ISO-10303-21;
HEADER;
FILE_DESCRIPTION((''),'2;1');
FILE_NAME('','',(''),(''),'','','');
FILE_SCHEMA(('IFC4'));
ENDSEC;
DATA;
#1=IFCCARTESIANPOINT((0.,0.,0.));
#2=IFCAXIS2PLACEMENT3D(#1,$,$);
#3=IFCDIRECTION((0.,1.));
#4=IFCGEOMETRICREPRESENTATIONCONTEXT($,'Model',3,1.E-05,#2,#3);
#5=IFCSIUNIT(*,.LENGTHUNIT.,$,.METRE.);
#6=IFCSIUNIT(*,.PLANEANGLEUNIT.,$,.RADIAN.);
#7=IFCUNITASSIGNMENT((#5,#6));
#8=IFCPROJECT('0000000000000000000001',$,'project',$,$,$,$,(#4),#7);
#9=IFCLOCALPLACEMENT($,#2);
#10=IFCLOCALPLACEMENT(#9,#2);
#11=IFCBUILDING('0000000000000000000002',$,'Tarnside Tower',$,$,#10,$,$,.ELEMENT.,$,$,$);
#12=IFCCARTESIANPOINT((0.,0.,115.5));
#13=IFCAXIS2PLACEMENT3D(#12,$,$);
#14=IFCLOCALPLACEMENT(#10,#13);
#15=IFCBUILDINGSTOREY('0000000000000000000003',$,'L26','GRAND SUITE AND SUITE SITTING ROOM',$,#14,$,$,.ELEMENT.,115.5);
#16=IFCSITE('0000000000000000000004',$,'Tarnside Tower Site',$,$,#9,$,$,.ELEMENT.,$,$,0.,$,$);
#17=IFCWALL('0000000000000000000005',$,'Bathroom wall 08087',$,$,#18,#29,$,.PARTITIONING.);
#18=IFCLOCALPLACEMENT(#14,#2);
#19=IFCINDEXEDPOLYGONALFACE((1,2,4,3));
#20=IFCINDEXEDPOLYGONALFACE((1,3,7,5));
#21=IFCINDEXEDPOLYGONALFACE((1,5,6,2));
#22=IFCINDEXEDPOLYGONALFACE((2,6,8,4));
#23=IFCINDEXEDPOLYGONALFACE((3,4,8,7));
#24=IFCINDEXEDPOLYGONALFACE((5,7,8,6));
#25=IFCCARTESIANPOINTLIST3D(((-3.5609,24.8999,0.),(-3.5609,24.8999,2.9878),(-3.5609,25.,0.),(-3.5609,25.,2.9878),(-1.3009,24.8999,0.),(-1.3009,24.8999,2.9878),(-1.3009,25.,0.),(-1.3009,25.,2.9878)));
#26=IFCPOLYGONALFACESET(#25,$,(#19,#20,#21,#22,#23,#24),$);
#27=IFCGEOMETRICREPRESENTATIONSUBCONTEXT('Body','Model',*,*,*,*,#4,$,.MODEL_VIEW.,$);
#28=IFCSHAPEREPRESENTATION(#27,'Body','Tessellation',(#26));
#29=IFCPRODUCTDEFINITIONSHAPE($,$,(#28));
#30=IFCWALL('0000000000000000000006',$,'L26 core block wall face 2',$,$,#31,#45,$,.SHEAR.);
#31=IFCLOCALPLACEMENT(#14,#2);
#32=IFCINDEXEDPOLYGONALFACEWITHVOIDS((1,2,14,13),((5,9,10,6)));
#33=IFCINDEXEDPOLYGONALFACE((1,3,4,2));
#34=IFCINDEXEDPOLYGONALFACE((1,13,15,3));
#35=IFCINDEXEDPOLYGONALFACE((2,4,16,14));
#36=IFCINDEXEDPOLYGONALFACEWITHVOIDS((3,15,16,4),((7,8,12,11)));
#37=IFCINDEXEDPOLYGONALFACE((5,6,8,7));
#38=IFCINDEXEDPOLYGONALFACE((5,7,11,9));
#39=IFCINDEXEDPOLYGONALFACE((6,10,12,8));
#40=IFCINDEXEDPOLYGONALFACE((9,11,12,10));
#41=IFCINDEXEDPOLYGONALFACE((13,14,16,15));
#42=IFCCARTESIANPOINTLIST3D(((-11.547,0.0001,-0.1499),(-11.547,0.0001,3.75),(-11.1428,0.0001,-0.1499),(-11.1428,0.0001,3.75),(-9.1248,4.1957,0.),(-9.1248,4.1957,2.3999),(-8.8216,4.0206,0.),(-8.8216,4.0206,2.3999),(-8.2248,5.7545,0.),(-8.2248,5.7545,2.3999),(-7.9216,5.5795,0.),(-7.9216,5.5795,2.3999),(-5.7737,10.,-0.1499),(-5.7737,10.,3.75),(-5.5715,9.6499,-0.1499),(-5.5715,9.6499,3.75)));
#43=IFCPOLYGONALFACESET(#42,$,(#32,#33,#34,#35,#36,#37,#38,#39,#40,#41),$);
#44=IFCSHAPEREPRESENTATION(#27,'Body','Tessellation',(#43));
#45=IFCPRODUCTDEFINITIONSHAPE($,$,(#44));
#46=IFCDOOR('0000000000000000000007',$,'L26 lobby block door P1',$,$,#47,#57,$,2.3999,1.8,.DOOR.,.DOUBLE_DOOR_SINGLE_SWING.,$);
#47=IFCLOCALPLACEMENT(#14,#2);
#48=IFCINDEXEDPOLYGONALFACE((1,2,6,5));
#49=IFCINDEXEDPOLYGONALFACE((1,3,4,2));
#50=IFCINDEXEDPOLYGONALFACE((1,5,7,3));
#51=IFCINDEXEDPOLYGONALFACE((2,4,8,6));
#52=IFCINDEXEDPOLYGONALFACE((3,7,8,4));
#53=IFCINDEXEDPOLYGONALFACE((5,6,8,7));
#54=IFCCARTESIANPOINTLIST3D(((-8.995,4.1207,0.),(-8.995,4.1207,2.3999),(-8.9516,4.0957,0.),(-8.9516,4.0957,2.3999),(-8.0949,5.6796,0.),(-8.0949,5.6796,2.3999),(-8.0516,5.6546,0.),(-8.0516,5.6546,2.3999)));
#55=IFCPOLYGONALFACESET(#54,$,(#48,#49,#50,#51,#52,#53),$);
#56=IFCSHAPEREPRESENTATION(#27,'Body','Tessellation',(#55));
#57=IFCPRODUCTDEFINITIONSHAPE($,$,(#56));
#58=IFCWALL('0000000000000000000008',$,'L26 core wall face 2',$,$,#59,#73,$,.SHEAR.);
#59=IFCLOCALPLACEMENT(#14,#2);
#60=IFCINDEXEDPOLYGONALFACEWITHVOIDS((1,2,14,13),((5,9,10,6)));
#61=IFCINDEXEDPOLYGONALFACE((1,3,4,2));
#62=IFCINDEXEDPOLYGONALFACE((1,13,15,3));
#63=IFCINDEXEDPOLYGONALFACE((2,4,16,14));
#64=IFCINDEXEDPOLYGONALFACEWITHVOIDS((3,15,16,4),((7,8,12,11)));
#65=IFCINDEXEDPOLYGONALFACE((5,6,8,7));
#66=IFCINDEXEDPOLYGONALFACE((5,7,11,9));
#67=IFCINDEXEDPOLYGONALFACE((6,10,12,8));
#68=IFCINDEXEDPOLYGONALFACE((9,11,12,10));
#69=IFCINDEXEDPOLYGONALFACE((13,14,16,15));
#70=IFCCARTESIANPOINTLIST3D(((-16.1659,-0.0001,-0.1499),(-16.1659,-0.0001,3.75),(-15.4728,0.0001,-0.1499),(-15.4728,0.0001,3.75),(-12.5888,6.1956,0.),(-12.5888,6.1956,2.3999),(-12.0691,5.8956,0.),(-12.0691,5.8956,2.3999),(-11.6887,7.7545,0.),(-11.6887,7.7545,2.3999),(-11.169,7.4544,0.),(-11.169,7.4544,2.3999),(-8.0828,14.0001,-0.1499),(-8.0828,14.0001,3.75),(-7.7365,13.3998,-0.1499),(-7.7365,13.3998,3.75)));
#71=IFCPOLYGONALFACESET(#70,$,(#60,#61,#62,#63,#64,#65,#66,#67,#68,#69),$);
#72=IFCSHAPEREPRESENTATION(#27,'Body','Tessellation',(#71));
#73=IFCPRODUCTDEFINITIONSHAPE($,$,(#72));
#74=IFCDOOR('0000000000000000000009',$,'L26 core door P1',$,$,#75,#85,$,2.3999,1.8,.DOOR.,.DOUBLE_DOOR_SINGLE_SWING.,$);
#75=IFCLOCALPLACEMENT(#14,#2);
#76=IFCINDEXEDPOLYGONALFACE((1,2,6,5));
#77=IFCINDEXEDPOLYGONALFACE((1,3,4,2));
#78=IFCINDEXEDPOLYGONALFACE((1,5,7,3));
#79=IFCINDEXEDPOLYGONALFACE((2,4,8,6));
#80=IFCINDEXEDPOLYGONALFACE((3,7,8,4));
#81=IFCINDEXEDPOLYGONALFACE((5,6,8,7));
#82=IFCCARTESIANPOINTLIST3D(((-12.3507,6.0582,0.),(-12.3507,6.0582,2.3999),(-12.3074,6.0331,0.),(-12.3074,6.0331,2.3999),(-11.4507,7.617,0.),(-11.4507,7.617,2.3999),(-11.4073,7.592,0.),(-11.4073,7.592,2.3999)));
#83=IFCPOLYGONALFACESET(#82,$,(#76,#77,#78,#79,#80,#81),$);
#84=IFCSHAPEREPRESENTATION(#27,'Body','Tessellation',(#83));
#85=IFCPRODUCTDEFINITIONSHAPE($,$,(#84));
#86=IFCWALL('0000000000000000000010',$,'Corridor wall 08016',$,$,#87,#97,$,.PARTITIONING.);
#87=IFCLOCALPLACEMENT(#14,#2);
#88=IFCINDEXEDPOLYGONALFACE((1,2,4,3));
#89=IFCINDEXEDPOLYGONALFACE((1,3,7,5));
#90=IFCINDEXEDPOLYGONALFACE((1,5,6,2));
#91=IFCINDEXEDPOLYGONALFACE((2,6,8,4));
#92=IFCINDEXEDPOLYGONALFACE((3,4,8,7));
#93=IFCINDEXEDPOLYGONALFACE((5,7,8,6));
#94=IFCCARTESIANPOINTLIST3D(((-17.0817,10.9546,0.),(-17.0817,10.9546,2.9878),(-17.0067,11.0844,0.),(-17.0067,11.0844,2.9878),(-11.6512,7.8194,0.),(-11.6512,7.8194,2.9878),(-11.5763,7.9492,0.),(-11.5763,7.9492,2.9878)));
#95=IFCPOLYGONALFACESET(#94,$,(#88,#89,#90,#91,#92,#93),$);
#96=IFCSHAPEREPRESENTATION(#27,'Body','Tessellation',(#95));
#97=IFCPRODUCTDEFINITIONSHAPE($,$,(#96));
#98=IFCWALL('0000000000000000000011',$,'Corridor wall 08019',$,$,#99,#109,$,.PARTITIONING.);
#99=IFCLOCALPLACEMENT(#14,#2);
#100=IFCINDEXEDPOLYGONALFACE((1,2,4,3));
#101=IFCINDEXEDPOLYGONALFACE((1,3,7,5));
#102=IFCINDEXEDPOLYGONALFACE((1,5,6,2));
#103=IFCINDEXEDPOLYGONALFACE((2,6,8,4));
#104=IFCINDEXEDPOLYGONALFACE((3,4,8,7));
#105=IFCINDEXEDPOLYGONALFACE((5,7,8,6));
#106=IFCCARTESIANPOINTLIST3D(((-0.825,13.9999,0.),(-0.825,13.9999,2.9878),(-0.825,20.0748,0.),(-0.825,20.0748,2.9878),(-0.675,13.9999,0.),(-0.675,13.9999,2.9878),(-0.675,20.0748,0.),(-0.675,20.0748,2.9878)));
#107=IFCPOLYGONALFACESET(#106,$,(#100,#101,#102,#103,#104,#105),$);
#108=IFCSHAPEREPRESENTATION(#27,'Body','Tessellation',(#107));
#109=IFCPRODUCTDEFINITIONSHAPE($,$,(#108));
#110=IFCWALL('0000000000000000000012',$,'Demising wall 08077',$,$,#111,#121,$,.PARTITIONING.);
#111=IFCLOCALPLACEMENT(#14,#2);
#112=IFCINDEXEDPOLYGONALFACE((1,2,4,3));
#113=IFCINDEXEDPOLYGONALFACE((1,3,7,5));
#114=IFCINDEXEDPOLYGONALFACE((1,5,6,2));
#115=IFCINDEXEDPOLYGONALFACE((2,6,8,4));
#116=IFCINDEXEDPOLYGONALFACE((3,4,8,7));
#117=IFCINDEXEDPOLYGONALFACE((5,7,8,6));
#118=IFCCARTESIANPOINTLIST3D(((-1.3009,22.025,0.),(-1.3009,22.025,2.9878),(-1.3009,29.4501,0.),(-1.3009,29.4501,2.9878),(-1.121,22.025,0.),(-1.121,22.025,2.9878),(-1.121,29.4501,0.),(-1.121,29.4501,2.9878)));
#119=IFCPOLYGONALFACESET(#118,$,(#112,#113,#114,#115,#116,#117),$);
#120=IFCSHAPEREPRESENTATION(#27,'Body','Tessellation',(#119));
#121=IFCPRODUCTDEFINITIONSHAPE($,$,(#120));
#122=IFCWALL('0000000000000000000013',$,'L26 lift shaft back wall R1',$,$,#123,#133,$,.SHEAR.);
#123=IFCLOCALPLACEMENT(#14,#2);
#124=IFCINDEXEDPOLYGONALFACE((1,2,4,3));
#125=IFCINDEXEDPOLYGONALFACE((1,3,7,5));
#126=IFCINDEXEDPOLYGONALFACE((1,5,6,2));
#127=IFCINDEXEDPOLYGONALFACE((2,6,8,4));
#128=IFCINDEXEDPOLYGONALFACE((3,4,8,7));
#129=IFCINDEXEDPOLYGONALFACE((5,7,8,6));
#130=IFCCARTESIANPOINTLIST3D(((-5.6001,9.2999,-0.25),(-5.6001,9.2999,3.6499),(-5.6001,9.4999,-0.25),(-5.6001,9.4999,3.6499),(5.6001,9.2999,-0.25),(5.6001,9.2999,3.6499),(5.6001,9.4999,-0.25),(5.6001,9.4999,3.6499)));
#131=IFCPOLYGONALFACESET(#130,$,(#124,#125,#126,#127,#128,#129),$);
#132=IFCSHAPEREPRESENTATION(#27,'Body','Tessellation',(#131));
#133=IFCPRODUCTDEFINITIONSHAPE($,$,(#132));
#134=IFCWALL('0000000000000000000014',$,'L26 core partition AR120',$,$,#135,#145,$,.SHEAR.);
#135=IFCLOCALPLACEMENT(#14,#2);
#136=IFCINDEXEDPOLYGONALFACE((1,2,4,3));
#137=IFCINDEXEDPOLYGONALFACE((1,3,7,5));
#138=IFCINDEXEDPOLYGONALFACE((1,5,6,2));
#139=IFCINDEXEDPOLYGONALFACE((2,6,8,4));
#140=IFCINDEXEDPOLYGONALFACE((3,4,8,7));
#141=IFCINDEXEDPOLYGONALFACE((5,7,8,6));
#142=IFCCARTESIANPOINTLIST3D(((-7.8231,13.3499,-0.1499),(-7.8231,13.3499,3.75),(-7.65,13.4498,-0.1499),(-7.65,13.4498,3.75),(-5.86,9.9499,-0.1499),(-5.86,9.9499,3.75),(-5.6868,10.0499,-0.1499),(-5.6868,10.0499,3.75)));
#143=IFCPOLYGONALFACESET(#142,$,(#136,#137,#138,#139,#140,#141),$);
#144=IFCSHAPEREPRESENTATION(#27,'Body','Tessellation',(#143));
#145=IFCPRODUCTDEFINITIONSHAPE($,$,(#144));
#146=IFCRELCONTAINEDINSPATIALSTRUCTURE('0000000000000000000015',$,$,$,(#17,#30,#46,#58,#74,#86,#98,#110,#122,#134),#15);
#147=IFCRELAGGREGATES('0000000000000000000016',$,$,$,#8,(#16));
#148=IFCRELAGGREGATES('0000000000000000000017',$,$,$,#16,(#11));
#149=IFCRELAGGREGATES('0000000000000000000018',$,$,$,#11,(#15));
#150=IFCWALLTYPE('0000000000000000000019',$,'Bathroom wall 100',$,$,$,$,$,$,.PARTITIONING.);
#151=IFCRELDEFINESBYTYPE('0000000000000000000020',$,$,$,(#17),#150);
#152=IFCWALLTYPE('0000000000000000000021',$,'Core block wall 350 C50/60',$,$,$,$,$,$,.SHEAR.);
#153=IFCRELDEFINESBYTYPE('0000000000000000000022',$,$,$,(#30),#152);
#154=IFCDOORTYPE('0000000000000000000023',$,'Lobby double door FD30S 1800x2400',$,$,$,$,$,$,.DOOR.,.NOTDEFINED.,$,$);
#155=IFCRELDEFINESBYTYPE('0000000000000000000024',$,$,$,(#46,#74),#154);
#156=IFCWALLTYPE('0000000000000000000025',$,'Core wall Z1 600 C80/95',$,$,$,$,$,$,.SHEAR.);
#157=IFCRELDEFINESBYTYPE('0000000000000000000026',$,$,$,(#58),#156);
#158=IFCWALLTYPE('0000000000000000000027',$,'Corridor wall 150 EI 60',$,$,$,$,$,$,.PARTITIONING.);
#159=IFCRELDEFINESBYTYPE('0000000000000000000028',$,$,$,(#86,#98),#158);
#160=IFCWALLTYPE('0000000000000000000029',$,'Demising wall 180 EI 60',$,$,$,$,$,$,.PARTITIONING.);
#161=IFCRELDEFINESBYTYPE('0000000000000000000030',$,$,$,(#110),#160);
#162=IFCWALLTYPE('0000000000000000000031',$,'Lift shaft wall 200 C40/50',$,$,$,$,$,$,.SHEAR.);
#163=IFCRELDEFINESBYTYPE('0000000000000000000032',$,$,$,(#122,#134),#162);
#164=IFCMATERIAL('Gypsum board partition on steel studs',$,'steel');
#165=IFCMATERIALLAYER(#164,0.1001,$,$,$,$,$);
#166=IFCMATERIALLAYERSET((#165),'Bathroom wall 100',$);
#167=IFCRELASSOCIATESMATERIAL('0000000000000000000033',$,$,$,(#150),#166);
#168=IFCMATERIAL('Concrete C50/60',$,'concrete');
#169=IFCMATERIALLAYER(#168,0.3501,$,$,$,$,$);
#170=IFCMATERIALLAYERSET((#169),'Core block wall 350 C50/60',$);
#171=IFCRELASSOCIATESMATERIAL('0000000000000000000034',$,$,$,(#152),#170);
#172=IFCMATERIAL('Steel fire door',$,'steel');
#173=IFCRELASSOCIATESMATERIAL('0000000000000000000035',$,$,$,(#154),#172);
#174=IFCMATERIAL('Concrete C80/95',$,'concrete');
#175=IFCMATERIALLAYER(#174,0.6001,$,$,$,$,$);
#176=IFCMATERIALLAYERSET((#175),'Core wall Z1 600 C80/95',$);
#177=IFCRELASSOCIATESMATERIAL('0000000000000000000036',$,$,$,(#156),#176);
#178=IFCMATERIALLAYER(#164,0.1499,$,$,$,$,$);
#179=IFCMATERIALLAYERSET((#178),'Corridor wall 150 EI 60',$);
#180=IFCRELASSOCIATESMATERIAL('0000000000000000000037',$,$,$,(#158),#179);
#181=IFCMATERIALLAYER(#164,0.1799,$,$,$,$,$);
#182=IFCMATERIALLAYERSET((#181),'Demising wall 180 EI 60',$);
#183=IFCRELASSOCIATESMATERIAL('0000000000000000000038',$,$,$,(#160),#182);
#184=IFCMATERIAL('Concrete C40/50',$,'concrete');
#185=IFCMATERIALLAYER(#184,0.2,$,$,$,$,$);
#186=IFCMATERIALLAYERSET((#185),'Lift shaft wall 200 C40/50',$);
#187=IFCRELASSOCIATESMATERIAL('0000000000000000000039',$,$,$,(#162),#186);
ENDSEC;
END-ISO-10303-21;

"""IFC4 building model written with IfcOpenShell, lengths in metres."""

from ifc_helpers import new_model, si_unit, direction, frame, frame_2d, origin, place, context, subcontext, project, spatial, polyline, rectangle, outline, extrude, material, layer, layer_set, type_object, element, fill, save


model = new_model("IFC4")

# Units and contexts
model_context = context("Model", 3, precision=1e-05, world=origin(), true_north=direction((0.0, 1.0)))
body_context = subcontext(model_context, "Body", "Model", "MODEL_VIEW")
ifc_project = project(units=[si_unit("LENGTHUNIT", "METRE"), si_unit("PLANEANGLEUNIT", "RADIAN")], contexts=[model_context])

# Site, building, storey
site_placement = place(None, origin())
site = spatial("IfcSite", under=ifc_project, at=site_placement, Name="Tarnside Tower Site", CompositionType="ELEMENT", RefElevation=0.0)
building_placement = place(site_placement, origin())
building = spatial("IfcBuilding", under=site, at=building_placement, Name="Tarnside Tower", CompositionType="ELEMENT")
storey_placement = place(building_placement, frame((0.0, 0.0, 115.5)))
storey = spatial("IfcBuildingStorey", under=building, at=storey_placement, Name="L26", Description="GRAND SUITE AND SUITE SITTING ROOM", CompositionType="ELEMENT", Elevation=115.5)

# Shared definitions
ifc_material_1 = material(Name="Gypsum board partition on steel studs", Category="steel")
ifc_layer_1 = layer(ifc_material_1, 0.1001)
ifc_layer_set_1 = layer_set([ifc_layer_1], Name="Bathroom wall 100")
wall_type_1 = type_object("IfcWallType", Name="Bathroom wall 100", PredefinedType="PARTITIONING", material=ifc_layer_set_1)

# Wall
wall_1_placement = place(storey_placement, frame((-1.301, 24.95, 0.0), z_axis=(0.0, 0.0, 1.0), x_axis=(-1.0, 0.0, 0.0)))
element("IfcWall", 1, at=wall_1_placement, inside=storey, type_object=wall_type_1, Name="Bathroom wall 08087", PredefinedType="PARTITIONING", context=body_context, shape_type="SweptSolid", body=[
    extrude(rectangle(XDim=2.26, YDim=0.1001, at=frame_2d((1.1299, 0.0))), origin(), (0.0, 0.0, 1.0), 2.9878),
])

# Walls, openings, doors
ifc_material_2 = material(Name="Concrete C50/60", Category="concrete")
ifc_layer_2 = layer(ifc_material_2, 0.3501)
ifc_layer_set_2 = layer_set([ifc_layer_2], Name="Core block wall 350 C50/60")
wall_type_2 = type_object("IfcWallType", Name="Core block wall 350 C50/60", PredefinedType="SHEAR", material=ifc_layer_set_2)
wall_2_placement = place(storey_placement, frame((-5.6726, 9.825, -0.1499), z_axis=(0.0, 0.0, 1.0), x_axis=(-0.499995, -0.866028, 0.0)))
wall_2 = element("IfcWall", 2, at=wall_2_placement, inside=storey, type_object=wall_type_2, Name="L26 core block wall face 2", PredefinedType="SHEAR", context=body_context, shape_type="SweptSolid", body=[
    extrude(outline(polyline([(-0.1011, -0.175), (11.4458, -0.175), (11.2437, 0.175), (0.1011, 0.175), (-0.1011, -0.175)])), origin(), (0.0, 0.0, 1.0), 3.8999),
])
opening_1_placement = place(wall_2_placement, frame((4.8013, 0.0, 0.1499)))
opening_1 = element("IfcOpeningElement", 3, at=opening_1_placement, cuts=wall_2, PredefinedType="OPENING", context=body_context, shape_type="SweptSolid", body=[
    extrude(rectangle(XDim=1.8, YDim=2.3999, at=frame_2d((0.8999, 1.2))), frame((0.0, 0.1851, 0.0), z_axis=(0.0, -1.0, 0.0), x_axis=(1.0, 0.0, 0.0)), (0.0, 0.0, 1.0), 0.3701),
])
ifc_material_3 = material(Name="Steel fire door", Category="steel")
door_type_1 = type_object("IfcDoorType", Name="Lobby double door FD30S 1800x2400", OperationType="NOTDEFINED", PredefinedType="DOOR", material=ifc_material_3)
door_1_placement = place(opening_1_placement, origin())
door_1 = element("IfcDoor", 4, at=door_1_placement, inside=storey, type_object=door_type_1, Name="L26 lobby block door P1", OperationType="DOUBLE_DOOR_SINGLE_SWING", OverallHeight=2.3999, OverallWidth=1.8, PredefinedType="DOOR", context=body_context, shape_type="SweptSolid", body=[
    extrude(rectangle(XDim=1.8, YDim=2.3999, at=frame_2d((0.8999, 1.2))), frame((0.0, 0.0249, 0.0), z_axis=(0.0, -1.0, 0.0), x_axis=(1.0, 0.0, 0.0)), (0.0, 0.0, 1.0), 0.05),
])
fill(opening_1, door_1)
ifc_material_4 = material(Name="Concrete C80/95", Category="concrete")
ifc_layer_3 = layer(ifc_material_4, 0.6001)
ifc_layer_set_3 = layer_set([ifc_layer_3], Name="Core wall Z1 600 C80/95")
wall_type_3 = type_object("IfcWallType", Name="Core wall Z1 600 C80/95", PredefinedType="SHEAR", material=ifc_layer_set_3)
wall_3_placement = place(storey_placement, frame((-7.9097, 13.7, -0.1499), z_axis=(0.0, 0.0, 1.0), x_axis=(-0.5, -0.866025, 0.0)))
wall_3 = element("IfcWall", 5, at=wall_3_placement, inside=storey, type_object=wall_type_3, Name="L26 core wall face 2", PredefinedType="SHEAR", context=body_context, shape_type="SweptSolid", body=[
    extrude(outline(polyline([(-0.1733, -0.3), (15.9927, -0.3), (15.646, 0.3), (0.1733, 0.3), (-0.1733, -0.3)])), origin(), (0.0, 0.0, 1.0), 3.8999),
])
opening_2_placement = place(wall_3_placement, frame((7.0386, 0.0, 0.1499)))
opening_2 = element("IfcOpeningElement", 6, at=opening_2_placement, cuts=wall_3, PredefinedType="OPENING", context=body_context, shape_type="SweptSolid", body=[
    extrude(rectangle(XDim=1.8, YDim=2.3999, at=frame_2d((0.8999, 1.2))), frame((0.0, 0.3101, 0.0), z_axis=(0.0, -1.0, 0.0), x_axis=(1.0, 0.0, 0.0)), (0.0, 0.0, 1.0), 0.6201),
])
door_2_placement = place(opening_2_placement, origin())
door_2 = element("IfcDoor", 7, at=door_2_placement, inside=storey, type_object=door_type_1, Name="L26 core door P1", OperationType="DOUBLE_DOOR_SINGLE_SWING", OverallHeight=2.3999, OverallWidth=1.8, PredefinedType="DOOR", context=body_context, shape_type="SweptSolid", body=[
    extrude(rectangle(XDim=1.8, YDim=2.3999, at=frame_2d((0.8999, 1.2))), frame((0.0, 0.0249, 0.0), z_axis=(0.0, -1.0, 0.0), x_axis=(1.0, 0.0, 0.0)), (0.0, 0.0, 1.0), 0.05),
])
fill(opening_2, door_2)

# Walls
ifc_layer_4 = layer(ifc_material_1, 0.1499)
ifc_layer_set_4 = layer_set([ifc_layer_4], Name="Corridor wall 150 EI 60")
wall_type_4 = type_object("IfcWallType", Name="Corridor wall 150 EI 60", PredefinedType="PARTITIONING", material=ifc_layer_set_4)
wall_4_placement = place(storey_placement, frame((-11.6138, 7.8843, 0.0), z_axis=(0.0, 0.0, 1.0), x_axis=(-0.866025, 0.5, 0.0)))
element("IfcWall", 8, at=wall_4_placement, inside=storey, type_object=wall_type_4, Name="Corridor wall 08016", PredefinedType="PARTITIONING", context=body_context, shape_type="SweptSolid", body=[
    extrude(rectangle(XDim=6.2705, YDim=0.1499, at=frame_2d((3.1353, 0.0))), origin(), (0.0, 0.0, 1.0), 2.9878),
])
wall_5_placement = place(storey_placement, frame((-0.75, 20.075, 0.0), z_axis=(0.0, 0.0, 1.0), x_axis=(0.0, -1.0, 0.0)))
element("IfcWall", 9, at=wall_5_placement, inside=storey, type_object=wall_type_4, Name="Corridor wall 08019", PredefinedType="PARTITIONING", context=body_context, shape_type="SweptSolid", body=[
    extrude(rectangle(XDim=6.075, YDim=0.1499, at=frame_2d((3.0376, 0.0))), origin(), (0.0, 0.0, 1.0), 2.9878),
])
ifc_layer_5 = layer(ifc_material_1, 0.1799)
ifc_layer_set_5 = layer_set([ifc_layer_5], Name="Demising wall 180 EI 60")
wall_type_5 = type_object("IfcWallType", Name="Demising wall 180 EI 60", PredefinedType="PARTITIONING", material=ifc_layer_set_5)
wall_6_placement = place(storey_placement, frame((-1.2109, 29.45, 0.0), z_axis=(0.0, 0.0, 1.0), x_axis=(0.0, -1.0, 0.0)))
element("IfcWall", 10, at=wall_6_placement, inside=storey, type_object=wall_type_5, Name="Demising wall 08077", PredefinedType="PARTITIONING", context=body_context, shape_type="SweptSolid", body=[
    extrude(rectangle(XDim=7.425, YDim=0.1799, at=frame_2d((3.7124, 0.0))), origin(), (0.0, 0.0, 1.0), 2.9878),
])
ifc_material_5 = material(Name="Concrete C40/50", Category="concrete")
ifc_layer_6 = layer(ifc_material_5, 0.2)
ifc_layer_set_6 = layer_set([ifc_layer_6], Name="Lift shaft wall 200 C40/50")
wall_type_6 = type_object("IfcWallType", Name="Lift shaft wall 200 C40/50", PredefinedType="SHEAR", material=ifc_layer_set_6)
wall_7_placement = place(storey_placement, frame((-5.6001, 9.3999, -0.25), z_axis=(0.0, 0.0, 1.0), x_axis=(1.0, 0.0, 0.0)))
element("IfcWall", 11, at=wall_7_placement, inside=storey, type_object=wall_type_6, Name="L26 lift shaft back wall R1", PredefinedType="SHEAR", context=body_context, shape_type="SweptSolid", body=[
    extrude(rectangle(XDim=11.2002, YDim=0.2, at=frame_2d((5.6001, 0.0))), origin(), (0.0, 0.0, 1.0), 3.8999),
])
wall_8_placement = place(storey_placement, frame((-5.7734, 10.0, -0.1499), z_axis=(0.0, 0.0, 1.0), x_axis=(-0.500038, 0.866003, 0.0)))
element("IfcWall", 12, at=wall_8_placement, inside=storey, type_object=wall_type_6, Name="L26 core partition AR120", PredefinedType="SHEAR", context=body_context, shape_type="SweptSolid", body=[
    extrude(rectangle(XDim=3.926, YDim=0.2, at=frame_2d((1.9629, 0.0))), origin(), (0.0, 0.0, 1.0), 3.8999),
])

save(model, "model.ifc")
